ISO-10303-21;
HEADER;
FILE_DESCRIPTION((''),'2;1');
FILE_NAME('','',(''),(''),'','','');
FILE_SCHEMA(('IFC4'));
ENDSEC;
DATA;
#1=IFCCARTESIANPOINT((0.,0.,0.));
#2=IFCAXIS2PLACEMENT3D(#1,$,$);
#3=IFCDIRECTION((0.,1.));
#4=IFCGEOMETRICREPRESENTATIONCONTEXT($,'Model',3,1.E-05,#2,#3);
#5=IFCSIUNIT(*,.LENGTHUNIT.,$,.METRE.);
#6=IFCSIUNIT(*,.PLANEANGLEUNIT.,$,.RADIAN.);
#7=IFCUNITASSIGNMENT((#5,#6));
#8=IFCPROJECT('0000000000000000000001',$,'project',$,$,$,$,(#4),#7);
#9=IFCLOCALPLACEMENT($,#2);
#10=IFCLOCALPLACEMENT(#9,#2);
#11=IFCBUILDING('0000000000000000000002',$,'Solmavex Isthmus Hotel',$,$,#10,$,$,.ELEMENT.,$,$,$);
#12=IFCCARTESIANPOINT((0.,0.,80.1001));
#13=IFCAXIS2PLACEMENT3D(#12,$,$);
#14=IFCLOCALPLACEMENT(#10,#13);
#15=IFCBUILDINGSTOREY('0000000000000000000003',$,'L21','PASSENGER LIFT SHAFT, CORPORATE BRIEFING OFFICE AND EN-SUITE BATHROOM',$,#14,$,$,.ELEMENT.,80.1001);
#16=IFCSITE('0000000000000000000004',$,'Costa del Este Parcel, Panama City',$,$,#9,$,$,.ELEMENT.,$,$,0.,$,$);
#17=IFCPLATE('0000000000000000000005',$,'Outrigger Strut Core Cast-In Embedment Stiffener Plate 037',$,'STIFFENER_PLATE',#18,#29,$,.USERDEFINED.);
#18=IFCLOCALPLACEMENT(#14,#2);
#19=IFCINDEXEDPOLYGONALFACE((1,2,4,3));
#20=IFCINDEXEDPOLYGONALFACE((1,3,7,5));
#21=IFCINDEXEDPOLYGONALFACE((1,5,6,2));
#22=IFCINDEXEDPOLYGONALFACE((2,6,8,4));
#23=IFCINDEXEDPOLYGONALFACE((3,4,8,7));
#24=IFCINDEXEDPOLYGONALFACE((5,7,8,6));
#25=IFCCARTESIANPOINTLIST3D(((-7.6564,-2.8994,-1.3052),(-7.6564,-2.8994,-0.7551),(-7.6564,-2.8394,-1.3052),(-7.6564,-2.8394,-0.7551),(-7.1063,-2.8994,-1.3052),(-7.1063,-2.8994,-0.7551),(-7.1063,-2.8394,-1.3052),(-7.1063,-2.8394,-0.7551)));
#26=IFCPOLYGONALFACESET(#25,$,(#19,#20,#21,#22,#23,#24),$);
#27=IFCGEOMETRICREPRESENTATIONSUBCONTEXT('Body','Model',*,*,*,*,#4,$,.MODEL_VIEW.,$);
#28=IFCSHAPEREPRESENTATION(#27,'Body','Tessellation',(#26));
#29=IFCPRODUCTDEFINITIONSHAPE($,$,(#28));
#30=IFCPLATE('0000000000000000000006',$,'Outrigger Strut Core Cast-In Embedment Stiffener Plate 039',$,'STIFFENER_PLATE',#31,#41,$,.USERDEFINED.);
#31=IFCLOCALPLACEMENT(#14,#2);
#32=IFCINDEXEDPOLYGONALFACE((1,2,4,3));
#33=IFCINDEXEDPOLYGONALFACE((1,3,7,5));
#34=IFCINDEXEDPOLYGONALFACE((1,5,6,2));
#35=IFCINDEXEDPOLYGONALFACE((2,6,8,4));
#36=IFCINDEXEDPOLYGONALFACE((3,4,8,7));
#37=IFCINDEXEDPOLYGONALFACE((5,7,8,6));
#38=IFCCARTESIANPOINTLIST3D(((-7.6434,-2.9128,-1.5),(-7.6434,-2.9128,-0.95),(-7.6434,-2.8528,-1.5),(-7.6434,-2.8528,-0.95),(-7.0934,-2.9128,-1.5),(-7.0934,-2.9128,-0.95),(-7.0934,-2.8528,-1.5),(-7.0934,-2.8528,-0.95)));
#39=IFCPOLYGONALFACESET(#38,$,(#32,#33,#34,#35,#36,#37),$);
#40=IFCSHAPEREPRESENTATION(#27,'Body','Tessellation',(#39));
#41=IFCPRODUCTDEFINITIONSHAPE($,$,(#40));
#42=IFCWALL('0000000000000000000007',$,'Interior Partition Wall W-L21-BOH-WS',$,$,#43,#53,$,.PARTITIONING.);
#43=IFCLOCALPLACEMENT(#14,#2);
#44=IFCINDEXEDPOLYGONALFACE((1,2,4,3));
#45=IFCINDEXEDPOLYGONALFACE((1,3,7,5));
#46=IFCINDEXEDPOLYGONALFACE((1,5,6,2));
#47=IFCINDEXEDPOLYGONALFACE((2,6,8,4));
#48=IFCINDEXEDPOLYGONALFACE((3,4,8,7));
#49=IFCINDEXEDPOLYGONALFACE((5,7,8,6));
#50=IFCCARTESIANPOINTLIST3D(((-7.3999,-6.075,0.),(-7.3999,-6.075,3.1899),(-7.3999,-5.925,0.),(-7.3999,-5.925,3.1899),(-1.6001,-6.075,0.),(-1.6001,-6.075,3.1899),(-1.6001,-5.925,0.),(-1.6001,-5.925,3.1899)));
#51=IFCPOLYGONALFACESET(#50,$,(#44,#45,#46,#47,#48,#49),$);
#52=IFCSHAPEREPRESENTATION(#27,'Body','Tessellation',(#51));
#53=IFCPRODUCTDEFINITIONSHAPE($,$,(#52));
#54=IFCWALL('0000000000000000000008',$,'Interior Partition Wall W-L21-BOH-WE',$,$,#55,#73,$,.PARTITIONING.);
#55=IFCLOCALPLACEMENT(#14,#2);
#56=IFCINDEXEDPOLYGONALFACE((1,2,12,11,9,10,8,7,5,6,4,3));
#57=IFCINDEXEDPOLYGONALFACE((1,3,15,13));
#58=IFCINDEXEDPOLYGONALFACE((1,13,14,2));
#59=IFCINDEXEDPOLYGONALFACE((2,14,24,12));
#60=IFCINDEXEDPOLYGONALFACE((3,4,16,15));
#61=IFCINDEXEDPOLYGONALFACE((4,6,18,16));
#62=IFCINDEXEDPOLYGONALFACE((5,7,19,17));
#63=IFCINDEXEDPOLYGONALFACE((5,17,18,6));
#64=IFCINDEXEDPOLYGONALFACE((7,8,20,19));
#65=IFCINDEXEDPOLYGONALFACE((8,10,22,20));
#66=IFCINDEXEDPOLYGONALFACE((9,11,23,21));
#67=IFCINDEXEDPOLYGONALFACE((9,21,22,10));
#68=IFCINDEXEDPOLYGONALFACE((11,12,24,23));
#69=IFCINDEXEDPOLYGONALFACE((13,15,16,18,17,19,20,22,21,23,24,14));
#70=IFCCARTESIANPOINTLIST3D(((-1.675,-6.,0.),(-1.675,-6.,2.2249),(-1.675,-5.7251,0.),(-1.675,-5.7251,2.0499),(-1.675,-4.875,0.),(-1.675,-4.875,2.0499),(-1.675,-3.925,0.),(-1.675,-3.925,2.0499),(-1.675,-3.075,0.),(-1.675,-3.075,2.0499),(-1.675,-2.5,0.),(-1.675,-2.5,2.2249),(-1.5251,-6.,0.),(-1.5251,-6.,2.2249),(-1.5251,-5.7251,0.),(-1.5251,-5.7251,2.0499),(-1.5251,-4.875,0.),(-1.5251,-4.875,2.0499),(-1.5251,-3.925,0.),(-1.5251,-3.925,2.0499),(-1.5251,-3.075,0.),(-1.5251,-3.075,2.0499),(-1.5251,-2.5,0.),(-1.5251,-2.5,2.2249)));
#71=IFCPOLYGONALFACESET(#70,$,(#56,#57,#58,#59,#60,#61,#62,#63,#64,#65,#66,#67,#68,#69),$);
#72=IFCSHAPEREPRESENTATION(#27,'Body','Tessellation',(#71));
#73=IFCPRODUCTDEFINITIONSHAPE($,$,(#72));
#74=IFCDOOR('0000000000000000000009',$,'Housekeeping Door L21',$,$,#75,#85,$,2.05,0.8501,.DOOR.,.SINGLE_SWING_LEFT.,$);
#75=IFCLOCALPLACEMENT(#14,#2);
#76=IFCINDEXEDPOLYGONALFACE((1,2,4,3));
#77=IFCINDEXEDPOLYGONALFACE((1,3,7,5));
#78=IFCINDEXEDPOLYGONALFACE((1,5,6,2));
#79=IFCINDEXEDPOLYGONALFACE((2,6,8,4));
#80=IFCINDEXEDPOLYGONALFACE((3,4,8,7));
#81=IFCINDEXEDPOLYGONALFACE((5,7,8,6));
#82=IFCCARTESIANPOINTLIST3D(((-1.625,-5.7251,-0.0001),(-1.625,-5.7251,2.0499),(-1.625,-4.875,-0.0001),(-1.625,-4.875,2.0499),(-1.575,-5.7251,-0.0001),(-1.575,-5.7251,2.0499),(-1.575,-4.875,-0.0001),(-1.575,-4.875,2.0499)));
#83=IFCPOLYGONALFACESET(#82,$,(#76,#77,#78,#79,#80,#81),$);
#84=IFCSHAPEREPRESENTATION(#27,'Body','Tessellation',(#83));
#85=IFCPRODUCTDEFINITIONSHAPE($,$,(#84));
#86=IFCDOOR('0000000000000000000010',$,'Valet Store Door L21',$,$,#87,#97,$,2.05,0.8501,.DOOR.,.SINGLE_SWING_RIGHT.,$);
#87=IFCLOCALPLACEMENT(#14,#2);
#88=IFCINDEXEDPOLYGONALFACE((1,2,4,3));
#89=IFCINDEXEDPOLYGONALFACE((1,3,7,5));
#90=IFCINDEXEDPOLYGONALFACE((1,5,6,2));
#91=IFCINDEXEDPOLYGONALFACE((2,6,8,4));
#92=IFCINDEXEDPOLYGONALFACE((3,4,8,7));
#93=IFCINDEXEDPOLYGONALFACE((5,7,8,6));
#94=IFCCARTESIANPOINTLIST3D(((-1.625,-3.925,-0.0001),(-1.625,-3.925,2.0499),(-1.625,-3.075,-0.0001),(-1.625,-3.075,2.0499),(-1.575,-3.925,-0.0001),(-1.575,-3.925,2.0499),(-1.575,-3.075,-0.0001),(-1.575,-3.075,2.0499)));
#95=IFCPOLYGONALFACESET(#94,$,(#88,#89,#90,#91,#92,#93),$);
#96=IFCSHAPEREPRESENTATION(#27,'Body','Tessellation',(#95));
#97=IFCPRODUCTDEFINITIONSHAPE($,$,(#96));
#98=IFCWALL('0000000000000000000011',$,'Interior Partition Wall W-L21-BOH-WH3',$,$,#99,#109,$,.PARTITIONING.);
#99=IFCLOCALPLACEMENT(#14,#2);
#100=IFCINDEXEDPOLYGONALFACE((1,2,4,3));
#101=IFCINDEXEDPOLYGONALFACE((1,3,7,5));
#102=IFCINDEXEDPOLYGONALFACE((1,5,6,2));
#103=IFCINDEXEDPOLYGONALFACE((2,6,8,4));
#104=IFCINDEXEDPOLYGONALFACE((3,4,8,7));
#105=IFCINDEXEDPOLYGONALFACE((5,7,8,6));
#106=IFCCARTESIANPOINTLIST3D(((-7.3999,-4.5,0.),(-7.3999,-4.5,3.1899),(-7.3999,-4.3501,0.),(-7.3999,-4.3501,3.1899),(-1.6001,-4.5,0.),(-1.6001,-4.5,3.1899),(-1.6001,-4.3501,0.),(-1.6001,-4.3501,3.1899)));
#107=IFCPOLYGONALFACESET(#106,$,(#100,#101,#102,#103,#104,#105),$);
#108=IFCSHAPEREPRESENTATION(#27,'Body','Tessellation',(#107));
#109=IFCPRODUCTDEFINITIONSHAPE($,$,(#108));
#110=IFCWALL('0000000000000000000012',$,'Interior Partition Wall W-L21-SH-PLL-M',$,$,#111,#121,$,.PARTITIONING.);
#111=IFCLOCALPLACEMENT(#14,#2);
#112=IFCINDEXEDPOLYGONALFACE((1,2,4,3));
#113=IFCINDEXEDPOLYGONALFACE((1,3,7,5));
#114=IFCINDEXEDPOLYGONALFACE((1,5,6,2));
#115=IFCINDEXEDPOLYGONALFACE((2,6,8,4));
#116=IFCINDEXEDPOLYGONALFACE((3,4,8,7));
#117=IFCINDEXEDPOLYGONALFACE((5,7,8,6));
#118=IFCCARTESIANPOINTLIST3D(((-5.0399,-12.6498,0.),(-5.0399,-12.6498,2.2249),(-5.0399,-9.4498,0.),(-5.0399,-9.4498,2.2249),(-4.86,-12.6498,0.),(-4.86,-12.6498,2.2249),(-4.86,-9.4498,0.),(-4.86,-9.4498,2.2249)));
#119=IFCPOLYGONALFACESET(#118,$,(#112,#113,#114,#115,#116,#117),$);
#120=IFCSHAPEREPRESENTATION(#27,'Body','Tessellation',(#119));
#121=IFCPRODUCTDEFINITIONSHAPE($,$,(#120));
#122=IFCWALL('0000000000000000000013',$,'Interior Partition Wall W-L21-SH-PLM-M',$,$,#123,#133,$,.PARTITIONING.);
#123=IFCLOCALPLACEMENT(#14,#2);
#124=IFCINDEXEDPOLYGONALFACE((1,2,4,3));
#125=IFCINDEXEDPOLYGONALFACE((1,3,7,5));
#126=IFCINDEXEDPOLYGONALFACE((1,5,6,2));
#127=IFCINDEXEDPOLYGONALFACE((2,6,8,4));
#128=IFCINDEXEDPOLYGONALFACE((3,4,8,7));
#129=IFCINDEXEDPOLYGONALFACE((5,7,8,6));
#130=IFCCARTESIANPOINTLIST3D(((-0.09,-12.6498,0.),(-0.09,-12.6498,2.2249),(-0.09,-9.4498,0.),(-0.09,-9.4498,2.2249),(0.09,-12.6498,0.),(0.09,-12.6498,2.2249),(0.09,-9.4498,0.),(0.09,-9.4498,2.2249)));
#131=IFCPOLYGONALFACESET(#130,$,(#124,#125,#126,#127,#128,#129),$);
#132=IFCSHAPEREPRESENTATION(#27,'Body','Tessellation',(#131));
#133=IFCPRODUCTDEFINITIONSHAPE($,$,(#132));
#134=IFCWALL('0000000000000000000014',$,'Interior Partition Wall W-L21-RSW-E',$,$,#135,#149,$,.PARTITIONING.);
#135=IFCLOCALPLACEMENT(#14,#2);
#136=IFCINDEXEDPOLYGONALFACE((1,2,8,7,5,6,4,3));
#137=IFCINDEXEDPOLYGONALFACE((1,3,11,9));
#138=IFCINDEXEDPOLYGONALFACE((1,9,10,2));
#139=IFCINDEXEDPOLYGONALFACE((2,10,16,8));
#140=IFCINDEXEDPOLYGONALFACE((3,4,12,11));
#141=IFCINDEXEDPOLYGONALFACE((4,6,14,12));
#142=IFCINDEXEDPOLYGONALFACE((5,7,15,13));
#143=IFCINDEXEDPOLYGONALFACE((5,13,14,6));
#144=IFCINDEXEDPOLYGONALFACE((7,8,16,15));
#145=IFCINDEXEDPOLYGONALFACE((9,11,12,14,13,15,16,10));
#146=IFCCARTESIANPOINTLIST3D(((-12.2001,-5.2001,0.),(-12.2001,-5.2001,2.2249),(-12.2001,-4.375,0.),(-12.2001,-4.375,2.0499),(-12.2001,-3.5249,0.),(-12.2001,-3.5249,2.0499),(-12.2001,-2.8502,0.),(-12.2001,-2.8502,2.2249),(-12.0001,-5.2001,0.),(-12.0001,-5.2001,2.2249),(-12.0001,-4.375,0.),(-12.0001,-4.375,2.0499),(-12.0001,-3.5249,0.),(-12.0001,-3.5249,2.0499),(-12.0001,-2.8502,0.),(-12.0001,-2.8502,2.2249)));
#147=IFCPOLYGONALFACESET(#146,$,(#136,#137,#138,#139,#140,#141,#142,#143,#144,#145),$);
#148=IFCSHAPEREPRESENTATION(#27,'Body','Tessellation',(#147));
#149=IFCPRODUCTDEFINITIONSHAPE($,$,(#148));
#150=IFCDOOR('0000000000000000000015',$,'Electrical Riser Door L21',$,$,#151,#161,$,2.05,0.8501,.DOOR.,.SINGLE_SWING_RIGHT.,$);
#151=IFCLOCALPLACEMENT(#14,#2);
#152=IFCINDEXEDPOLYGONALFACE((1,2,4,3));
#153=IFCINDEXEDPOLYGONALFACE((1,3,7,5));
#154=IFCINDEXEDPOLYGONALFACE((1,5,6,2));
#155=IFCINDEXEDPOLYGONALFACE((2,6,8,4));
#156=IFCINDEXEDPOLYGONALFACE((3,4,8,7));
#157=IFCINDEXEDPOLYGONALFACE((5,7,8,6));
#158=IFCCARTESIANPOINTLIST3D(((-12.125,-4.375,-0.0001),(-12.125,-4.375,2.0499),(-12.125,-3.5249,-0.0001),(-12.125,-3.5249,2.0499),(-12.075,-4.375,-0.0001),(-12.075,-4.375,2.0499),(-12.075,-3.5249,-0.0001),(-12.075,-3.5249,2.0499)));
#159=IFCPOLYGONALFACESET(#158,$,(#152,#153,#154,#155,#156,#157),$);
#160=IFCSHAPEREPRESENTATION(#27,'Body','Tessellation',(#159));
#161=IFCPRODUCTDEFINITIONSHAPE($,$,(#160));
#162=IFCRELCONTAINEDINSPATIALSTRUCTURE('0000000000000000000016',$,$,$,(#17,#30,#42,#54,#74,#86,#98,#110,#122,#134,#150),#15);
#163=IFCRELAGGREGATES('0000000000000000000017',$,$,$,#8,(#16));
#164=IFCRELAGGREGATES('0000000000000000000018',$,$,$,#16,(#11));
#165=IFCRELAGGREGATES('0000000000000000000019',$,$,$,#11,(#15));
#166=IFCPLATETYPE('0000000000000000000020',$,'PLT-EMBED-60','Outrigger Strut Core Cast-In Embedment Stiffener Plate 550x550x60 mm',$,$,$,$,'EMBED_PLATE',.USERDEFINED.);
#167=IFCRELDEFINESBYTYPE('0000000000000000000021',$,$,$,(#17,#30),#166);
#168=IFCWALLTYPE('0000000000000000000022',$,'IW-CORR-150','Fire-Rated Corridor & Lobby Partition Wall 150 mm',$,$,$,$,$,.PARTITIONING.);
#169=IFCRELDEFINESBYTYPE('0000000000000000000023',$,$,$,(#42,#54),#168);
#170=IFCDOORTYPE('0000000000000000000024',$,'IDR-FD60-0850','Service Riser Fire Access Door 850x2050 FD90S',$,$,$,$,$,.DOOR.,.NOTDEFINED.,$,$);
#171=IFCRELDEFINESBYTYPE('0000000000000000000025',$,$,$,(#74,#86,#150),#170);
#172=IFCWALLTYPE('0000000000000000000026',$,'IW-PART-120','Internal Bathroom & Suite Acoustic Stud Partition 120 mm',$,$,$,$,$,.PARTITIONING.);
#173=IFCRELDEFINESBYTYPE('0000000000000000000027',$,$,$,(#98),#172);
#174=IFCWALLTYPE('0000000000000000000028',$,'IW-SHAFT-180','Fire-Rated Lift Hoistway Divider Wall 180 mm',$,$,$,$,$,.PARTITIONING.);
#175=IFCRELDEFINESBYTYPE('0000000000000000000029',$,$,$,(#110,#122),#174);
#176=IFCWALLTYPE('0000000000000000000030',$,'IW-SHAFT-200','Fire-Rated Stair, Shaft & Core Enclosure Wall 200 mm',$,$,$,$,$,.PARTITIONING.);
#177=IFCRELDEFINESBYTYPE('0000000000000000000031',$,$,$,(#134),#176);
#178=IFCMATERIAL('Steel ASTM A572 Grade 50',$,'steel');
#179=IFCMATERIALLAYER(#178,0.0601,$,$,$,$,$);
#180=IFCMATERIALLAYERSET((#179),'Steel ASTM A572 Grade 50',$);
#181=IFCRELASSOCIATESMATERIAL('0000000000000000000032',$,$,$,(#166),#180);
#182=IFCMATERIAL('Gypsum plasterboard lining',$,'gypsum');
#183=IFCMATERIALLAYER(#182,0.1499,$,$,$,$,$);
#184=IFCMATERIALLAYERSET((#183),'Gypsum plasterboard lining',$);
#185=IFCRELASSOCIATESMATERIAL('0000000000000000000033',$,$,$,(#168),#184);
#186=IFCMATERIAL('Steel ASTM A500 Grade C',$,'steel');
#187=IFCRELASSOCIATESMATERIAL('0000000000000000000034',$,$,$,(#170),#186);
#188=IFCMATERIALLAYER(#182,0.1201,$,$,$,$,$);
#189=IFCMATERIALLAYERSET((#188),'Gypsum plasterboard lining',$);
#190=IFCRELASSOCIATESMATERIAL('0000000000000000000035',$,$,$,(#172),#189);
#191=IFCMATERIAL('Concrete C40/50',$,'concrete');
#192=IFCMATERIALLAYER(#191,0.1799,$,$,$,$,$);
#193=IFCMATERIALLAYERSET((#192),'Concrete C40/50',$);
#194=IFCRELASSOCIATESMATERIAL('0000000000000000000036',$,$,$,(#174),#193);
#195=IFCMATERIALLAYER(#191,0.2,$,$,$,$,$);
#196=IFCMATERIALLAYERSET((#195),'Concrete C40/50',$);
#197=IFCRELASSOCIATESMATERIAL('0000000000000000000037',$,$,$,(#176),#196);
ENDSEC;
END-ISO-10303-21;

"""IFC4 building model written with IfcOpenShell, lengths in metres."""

from ifc_helpers import new_model, si_unit, direction, frame, frame_2d, origin, origin_2d, place, context, subcontext, project, spatial, rectangle, extrude, material, layer, layer_set, type_object, element, fill, save


model = new_model("IFC4")

# Units and contexts
model_context = context("Model", 3, precision=1e-05, world=origin(), true_north=direction((0.0, 1.0)))
body_context = subcontext(model_context, "Body", "Model", "MODEL_VIEW")
ifc_project = project(units=[si_unit("LENGTHUNIT", "METRE"), si_unit("PLANEANGLEUNIT", "RADIAN")], contexts=[model_context])

# Site, building, storey
site_placement = place(None, origin())
site = spatial("IfcSite", under=ifc_project, at=site_placement, Name="Costa del Este Parcel, Panama City", CompositionType="ELEMENT", RefElevation=0.0)
building_placement = place(site_placement, origin())
building = spatial("IfcBuilding", under=site, at=building_placement, Name="Solmavex Isthmus Hotel", CompositionType="ELEMENT")
storey_placement = place(building_placement, frame((0.0, 0.0, 80.1001)))
storey = spatial("IfcBuildingStorey", under=building, at=storey_placement, Name="L21", Description="PASSENGER LIFT SHAFT, CORPORATE BRIEFING OFFICE AND EN-SUITE BATHROOM", CompositionType="ELEMENT", Elevation=80.1001)

# Plates
ifc_material_1 = material(Name="Steel ASTM A572 Grade 50", Category="steel")
ifc_layer_1 = layer(ifc_material_1, 0.0601)
ifc_layer_set_1 = layer_set([ifc_layer_1], Name="Steel ASTM A572 Grade 50")
plate_type = type_object("IfcPlateType", Name="PLT-EMBED-60", Description="Outrigger Strut Core Cast-In Embedment Stiffener Plate 550x550x60 mm", ElementType="EMBED_PLATE", PredefinedType="USERDEFINED", material=ifc_layer_set_1)
for number, where, z_axis, x_axis, name in (
    (1, (-7.3813, -2.8694, -1.3052), (0.0, 0.0, 1.0), (1.0, 0.0, 0.0), "Outrigger Strut Core Cast-In Embedment Stiffener Plate 037"),
    (2, (-7.3684, -2.8828, -1.5), (0.0, 0.0, 1.0), (1.0, 0.0, 0.0), "Outrigger Strut Core Cast-In Embedment Stiffener Plate 039"),
):
    element("IfcPlate", number, at=place(storey_placement, frame(where, z_axis=z_axis, x_axis=x_axis)), inside=storey, type_object=plate_type, Name=name, ObjectType="STIFFENER_PLATE", PredefinedType="USERDEFINED", context=body_context, shape_type="SweptSolid", body=[
        extrude(rectangle(XDim=0.55, YDim=0.0601, at=origin_2d()), origin(), (0.0, 0.0, 1.0), 0.55),
    ])

# Wall
ifc_material_2 = material(Name="Gypsum plasterboard lining", Category="gypsum")
ifc_layer_2 = layer(ifc_material_2, 0.1499)
ifc_layer_set_2 = layer_set([ifc_layer_2], Name="Gypsum plasterboard lining")
wall_type_1 = type_object("IfcWallType", Name="IW-CORR-150", Description="Fire-Rated Corridor & Lobby Partition Wall 150 mm", PredefinedType="PARTITIONING", material=ifc_layer_set_2)
wall_1_placement = place(storey_placement, frame((-7.3999, -6.0, 0.0), z_axis=(0.0, 0.0, 1.0), x_axis=(1.0, 0.0, 0.0)))
element("IfcWall", 3, at=wall_1_placement, inside=storey, type_object=wall_type_1, Name="Interior Partition Wall W-L21-BOH-WS", PredefinedType="PARTITIONING", context=body_context, shape_type="SweptSolid", body=[
    extrude(rectangle(XDim=5.7998, YDim=0.1499, at=frame_2d((2.8999, 0.0))), origin(), (0.0, 0.0, 1.0), 3.1899),
])

# Wall, openings, doors
wall_2_placement = place(storey_placement, frame((-1.6001, -6.0, 0.0), z_axis=(0.0, 0.0, 1.0), x_axis=(0.0, 1.0, 0.0)))
wall_2 = element("IfcWall", 4, at=wall_2_placement, inside=storey, type_object=wall_type_1, Name="Interior Partition Wall W-L21-BOH-WE", PredefinedType="PARTITIONING", context=body_context, shape_type="SweptSolid", body=[
    extrude(rectangle(XDim=3.5, YDim=0.1499, at=frame_2d((1.75, 0.0))), origin(), (0.0, 0.0, 1.0), 2.2249),
])
opening_1_placement = place(wall_2_placement, frame((0.2749, 0.0, 0.0)))
opening_1 = element("IfcOpeningElement", 5, at=opening_1_placement, cuts=wall_2, PredefinedType="OPENING", context=body_context, shape_type="SweptSolid", body=[
    extrude(rectangle(XDim=0.8501, YDim=2.05, at=frame_2d((0.425, 1.0249))), frame((0.0, 0.085, 0.0), z_axis=(0.0, -1.0, 0.0), x_axis=(1.0, 0.0, 0.0)), (0.0, 0.0, 1.0), 0.1699),
])
opening_2_placement = place(wall_2_placement, frame((2.075, 0.0, 0.0)))
opening_2 = element("IfcOpeningElement", 6, at=opening_2_placement, cuts=wall_2, PredefinedType="OPENING", context=body_context, shape_type="SweptSolid", body=[
    extrude(rectangle(XDim=0.8501, YDim=2.05, at=frame_2d((0.425, 1.0249))), frame((0.0, 0.085, 0.0), z_axis=(0.0, -1.0, 0.0), x_axis=(1.0, 0.0, 0.0)), (0.0, 0.0, 1.0), 0.1699),
])
ifc_material_3 = material(Name="Steel ASTM A500 Grade C", Category="steel")
door_type_1 = type_object("IfcDoorType", Name="IDR-FD60-0850", Description="Service Riser Fire Access Door 850x2050 FD90S", OperationType="NOTDEFINED", PredefinedType="DOOR", material=ifc_material_3)
door_1_placement = place(opening_1_placement, origin())
door_1 = element("IfcDoor", 7, at=door_1_placement, inside=storey, type_object=door_type_1, Name="Housekeeping Door L21", OperationType="SINGLE_SWING_LEFT", OverallHeight=2.05, OverallWidth=0.8501, PredefinedType="DOOR", context=body_context, shape_type="SweptSolid", body=[
    extrude(rectangle(XDim=0.8501, YDim=2.05, at=frame_2d((0.425, 1.0249))), frame((0.0, 0.0249, 0.0), z_axis=(0.0, -1.0, 0.0), x_axis=(1.0, 0.0, 0.0)), (0.0, 0.0, 1.0), 0.05),
])
fill(opening_1, door_1)
door_2_placement = place(opening_2_placement, origin())
door_2 = element("IfcDoor", 8, at=door_2_placement, inside=storey, type_object=door_type_1, Name="Valet Store Door L21", OperationType="SINGLE_SWING_RIGHT", OverallHeight=2.05, OverallWidth=0.8501, PredefinedType="DOOR", context=body_context, shape_type="SweptSolid", body=[
    extrude(rectangle(XDim=0.8501, YDim=2.05, at=frame_2d((0.425, 1.0249))), frame((0.0, 0.0249, 0.0), z_axis=(0.0, -1.0, 0.0), x_axis=(1.0, 0.0, 0.0)), (0.0, 0.0, 1.0), 0.05),
])
fill(opening_2, door_2)

# Walls
ifc_layer_3 = layer(ifc_material_2, 0.1201)
ifc_layer_set_3 = layer_set([ifc_layer_3], Name="Gypsum plasterboard lining")
wall_type_2 = type_object("IfcWallType", Name="IW-PART-120", Description="Internal Bathroom & Suite Acoustic Stud Partition 120 mm", PredefinedType="PARTITIONING", material=ifc_layer_set_3)
wall_3_placement = place(storey_placement, frame((-7.3999, -4.425, 0.0), z_axis=(0.0, 0.0, 1.0), x_axis=(1.0, 0.0, 0.0)))
element("IfcWall", 9, at=wall_3_placement, inside=storey, type_object=wall_type_2, Name="Interior Partition Wall W-L21-BOH-WH3", PredefinedType="PARTITIONING", context=body_context, shape_type="SweptSolid", body=[
    extrude(rectangle(XDim=5.7998, YDim=0.1499, at=frame_2d((2.8999, 0.0))), origin(), (0.0, 0.0, 1.0), 3.1899),
])
ifc_material_4 = material(Name="Concrete C40/50", Category="concrete")
ifc_layer_4 = layer(ifc_material_4, 0.1799)
ifc_layer_set_4 = layer_set([ifc_layer_4], Name="Concrete C40/50")
wall_type_3 = type_object("IfcWallType", Name="IW-SHAFT-180", Description="Fire-Rated Lift Hoistway Divider Wall 180 mm", PredefinedType="PARTITIONING", material=ifc_layer_set_4)
for number, where, z_axis, x_axis, name in (
    (10, (-4.95, -12.6499, 0.0), (0.0, 0.0, 1.0), (0.0, 1.0, 0.0), "Interior Partition Wall W-L21-SH-PLL-M"),
    (11, (0.0, -12.6499, 0.0), (0.0, 0.0, 1.0), (0.0, 1.0, 0.0), "Interior Partition Wall W-L21-SH-PLM-M"),
):
    element("IfcWall", number, at=place(storey_placement, frame(where, z_axis=z_axis, x_axis=x_axis)), inside=storey, type_object=wall_type_3, Name=name, PredefinedType="PARTITIONING", context=body_context, shape_type="SweptSolid", body=[
        extrude(rectangle(XDim=3.2, YDim=0.1799, at=frame_2d((1.6001, 0.0))), origin(), (0.0, 0.0, 1.0), 2.2249),
    ])

# Wall, opening, door
ifc_layer_5 = layer(ifc_material_4, 0.2)
ifc_layer_set_5 = layer_set([ifc_layer_5], Name="Concrete C40/50")
wall_type_4 = type_object("IfcWallType", Name="IW-SHAFT-200", Description="Fire-Rated Stair, Shaft & Core Enclosure Wall 200 mm", PredefinedType="PARTITIONING", material=ifc_layer_set_5)
wall_4_placement = place(storey_placement, frame((-12.1001, -5.2, 0.0), z_axis=(0.0, 0.0, 1.0), x_axis=(0.0, 1.0, 0.0)))
wall_4 = element("IfcWall", 12, at=wall_4_placement, inside=storey, type_object=wall_type_4, Name="Interior Partition Wall W-L21-RSW-E", PredefinedType="PARTITIONING", context=body_context, shape_type="SweptSolid", body=[
    extrude(rectangle(XDim=2.3499, YDim=0.2, at=frame_2d((1.1748, 0.0))), origin(), (0.0, 0.0, 1.0), 2.2249),
])
opening_3_placement = place(wall_4_placement, frame((0.825, 0.0, 0.0)))
opening_3 = element("IfcOpeningElement", 13, at=opening_3_placement, cuts=wall_4, PredefinedType="OPENING", context=body_context, shape_type="SweptSolid", body=[
    extrude(rectangle(XDim=0.8501, YDim=2.05, at=frame_2d((0.425, 1.0249))), frame((0.0, 0.1099, 0.0), z_axis=(0.0, -1.0, 0.0), x_axis=(1.0, 0.0, 0.0)), (0.0, 0.0, 1.0), 0.22),
])
door_3_placement = place(opening_3_placement, origin())
door_3 = element("IfcDoor", 14, at=door_3_placement, inside=storey, type_object=door_type_1, Name="Electrical Riser Door L21", OperationType="SINGLE_SWING_RIGHT", OverallHeight=2.05, OverallWidth=0.8501, PredefinedType="DOOR", context=body_context, shape_type="SweptSolid", body=[
    extrude(rectangle(XDim=0.8501, YDim=2.05, at=frame_2d((0.425, 1.0249))), frame((0.0, 0.0249, 0.0), z_axis=(0.0, -1.0, 0.0), x_axis=(1.0, 0.0, 0.0)), (0.0, 0.0, 1.0), 0.05),
])
fill(opening_3, door_3)

save(model, "model.ifc")
